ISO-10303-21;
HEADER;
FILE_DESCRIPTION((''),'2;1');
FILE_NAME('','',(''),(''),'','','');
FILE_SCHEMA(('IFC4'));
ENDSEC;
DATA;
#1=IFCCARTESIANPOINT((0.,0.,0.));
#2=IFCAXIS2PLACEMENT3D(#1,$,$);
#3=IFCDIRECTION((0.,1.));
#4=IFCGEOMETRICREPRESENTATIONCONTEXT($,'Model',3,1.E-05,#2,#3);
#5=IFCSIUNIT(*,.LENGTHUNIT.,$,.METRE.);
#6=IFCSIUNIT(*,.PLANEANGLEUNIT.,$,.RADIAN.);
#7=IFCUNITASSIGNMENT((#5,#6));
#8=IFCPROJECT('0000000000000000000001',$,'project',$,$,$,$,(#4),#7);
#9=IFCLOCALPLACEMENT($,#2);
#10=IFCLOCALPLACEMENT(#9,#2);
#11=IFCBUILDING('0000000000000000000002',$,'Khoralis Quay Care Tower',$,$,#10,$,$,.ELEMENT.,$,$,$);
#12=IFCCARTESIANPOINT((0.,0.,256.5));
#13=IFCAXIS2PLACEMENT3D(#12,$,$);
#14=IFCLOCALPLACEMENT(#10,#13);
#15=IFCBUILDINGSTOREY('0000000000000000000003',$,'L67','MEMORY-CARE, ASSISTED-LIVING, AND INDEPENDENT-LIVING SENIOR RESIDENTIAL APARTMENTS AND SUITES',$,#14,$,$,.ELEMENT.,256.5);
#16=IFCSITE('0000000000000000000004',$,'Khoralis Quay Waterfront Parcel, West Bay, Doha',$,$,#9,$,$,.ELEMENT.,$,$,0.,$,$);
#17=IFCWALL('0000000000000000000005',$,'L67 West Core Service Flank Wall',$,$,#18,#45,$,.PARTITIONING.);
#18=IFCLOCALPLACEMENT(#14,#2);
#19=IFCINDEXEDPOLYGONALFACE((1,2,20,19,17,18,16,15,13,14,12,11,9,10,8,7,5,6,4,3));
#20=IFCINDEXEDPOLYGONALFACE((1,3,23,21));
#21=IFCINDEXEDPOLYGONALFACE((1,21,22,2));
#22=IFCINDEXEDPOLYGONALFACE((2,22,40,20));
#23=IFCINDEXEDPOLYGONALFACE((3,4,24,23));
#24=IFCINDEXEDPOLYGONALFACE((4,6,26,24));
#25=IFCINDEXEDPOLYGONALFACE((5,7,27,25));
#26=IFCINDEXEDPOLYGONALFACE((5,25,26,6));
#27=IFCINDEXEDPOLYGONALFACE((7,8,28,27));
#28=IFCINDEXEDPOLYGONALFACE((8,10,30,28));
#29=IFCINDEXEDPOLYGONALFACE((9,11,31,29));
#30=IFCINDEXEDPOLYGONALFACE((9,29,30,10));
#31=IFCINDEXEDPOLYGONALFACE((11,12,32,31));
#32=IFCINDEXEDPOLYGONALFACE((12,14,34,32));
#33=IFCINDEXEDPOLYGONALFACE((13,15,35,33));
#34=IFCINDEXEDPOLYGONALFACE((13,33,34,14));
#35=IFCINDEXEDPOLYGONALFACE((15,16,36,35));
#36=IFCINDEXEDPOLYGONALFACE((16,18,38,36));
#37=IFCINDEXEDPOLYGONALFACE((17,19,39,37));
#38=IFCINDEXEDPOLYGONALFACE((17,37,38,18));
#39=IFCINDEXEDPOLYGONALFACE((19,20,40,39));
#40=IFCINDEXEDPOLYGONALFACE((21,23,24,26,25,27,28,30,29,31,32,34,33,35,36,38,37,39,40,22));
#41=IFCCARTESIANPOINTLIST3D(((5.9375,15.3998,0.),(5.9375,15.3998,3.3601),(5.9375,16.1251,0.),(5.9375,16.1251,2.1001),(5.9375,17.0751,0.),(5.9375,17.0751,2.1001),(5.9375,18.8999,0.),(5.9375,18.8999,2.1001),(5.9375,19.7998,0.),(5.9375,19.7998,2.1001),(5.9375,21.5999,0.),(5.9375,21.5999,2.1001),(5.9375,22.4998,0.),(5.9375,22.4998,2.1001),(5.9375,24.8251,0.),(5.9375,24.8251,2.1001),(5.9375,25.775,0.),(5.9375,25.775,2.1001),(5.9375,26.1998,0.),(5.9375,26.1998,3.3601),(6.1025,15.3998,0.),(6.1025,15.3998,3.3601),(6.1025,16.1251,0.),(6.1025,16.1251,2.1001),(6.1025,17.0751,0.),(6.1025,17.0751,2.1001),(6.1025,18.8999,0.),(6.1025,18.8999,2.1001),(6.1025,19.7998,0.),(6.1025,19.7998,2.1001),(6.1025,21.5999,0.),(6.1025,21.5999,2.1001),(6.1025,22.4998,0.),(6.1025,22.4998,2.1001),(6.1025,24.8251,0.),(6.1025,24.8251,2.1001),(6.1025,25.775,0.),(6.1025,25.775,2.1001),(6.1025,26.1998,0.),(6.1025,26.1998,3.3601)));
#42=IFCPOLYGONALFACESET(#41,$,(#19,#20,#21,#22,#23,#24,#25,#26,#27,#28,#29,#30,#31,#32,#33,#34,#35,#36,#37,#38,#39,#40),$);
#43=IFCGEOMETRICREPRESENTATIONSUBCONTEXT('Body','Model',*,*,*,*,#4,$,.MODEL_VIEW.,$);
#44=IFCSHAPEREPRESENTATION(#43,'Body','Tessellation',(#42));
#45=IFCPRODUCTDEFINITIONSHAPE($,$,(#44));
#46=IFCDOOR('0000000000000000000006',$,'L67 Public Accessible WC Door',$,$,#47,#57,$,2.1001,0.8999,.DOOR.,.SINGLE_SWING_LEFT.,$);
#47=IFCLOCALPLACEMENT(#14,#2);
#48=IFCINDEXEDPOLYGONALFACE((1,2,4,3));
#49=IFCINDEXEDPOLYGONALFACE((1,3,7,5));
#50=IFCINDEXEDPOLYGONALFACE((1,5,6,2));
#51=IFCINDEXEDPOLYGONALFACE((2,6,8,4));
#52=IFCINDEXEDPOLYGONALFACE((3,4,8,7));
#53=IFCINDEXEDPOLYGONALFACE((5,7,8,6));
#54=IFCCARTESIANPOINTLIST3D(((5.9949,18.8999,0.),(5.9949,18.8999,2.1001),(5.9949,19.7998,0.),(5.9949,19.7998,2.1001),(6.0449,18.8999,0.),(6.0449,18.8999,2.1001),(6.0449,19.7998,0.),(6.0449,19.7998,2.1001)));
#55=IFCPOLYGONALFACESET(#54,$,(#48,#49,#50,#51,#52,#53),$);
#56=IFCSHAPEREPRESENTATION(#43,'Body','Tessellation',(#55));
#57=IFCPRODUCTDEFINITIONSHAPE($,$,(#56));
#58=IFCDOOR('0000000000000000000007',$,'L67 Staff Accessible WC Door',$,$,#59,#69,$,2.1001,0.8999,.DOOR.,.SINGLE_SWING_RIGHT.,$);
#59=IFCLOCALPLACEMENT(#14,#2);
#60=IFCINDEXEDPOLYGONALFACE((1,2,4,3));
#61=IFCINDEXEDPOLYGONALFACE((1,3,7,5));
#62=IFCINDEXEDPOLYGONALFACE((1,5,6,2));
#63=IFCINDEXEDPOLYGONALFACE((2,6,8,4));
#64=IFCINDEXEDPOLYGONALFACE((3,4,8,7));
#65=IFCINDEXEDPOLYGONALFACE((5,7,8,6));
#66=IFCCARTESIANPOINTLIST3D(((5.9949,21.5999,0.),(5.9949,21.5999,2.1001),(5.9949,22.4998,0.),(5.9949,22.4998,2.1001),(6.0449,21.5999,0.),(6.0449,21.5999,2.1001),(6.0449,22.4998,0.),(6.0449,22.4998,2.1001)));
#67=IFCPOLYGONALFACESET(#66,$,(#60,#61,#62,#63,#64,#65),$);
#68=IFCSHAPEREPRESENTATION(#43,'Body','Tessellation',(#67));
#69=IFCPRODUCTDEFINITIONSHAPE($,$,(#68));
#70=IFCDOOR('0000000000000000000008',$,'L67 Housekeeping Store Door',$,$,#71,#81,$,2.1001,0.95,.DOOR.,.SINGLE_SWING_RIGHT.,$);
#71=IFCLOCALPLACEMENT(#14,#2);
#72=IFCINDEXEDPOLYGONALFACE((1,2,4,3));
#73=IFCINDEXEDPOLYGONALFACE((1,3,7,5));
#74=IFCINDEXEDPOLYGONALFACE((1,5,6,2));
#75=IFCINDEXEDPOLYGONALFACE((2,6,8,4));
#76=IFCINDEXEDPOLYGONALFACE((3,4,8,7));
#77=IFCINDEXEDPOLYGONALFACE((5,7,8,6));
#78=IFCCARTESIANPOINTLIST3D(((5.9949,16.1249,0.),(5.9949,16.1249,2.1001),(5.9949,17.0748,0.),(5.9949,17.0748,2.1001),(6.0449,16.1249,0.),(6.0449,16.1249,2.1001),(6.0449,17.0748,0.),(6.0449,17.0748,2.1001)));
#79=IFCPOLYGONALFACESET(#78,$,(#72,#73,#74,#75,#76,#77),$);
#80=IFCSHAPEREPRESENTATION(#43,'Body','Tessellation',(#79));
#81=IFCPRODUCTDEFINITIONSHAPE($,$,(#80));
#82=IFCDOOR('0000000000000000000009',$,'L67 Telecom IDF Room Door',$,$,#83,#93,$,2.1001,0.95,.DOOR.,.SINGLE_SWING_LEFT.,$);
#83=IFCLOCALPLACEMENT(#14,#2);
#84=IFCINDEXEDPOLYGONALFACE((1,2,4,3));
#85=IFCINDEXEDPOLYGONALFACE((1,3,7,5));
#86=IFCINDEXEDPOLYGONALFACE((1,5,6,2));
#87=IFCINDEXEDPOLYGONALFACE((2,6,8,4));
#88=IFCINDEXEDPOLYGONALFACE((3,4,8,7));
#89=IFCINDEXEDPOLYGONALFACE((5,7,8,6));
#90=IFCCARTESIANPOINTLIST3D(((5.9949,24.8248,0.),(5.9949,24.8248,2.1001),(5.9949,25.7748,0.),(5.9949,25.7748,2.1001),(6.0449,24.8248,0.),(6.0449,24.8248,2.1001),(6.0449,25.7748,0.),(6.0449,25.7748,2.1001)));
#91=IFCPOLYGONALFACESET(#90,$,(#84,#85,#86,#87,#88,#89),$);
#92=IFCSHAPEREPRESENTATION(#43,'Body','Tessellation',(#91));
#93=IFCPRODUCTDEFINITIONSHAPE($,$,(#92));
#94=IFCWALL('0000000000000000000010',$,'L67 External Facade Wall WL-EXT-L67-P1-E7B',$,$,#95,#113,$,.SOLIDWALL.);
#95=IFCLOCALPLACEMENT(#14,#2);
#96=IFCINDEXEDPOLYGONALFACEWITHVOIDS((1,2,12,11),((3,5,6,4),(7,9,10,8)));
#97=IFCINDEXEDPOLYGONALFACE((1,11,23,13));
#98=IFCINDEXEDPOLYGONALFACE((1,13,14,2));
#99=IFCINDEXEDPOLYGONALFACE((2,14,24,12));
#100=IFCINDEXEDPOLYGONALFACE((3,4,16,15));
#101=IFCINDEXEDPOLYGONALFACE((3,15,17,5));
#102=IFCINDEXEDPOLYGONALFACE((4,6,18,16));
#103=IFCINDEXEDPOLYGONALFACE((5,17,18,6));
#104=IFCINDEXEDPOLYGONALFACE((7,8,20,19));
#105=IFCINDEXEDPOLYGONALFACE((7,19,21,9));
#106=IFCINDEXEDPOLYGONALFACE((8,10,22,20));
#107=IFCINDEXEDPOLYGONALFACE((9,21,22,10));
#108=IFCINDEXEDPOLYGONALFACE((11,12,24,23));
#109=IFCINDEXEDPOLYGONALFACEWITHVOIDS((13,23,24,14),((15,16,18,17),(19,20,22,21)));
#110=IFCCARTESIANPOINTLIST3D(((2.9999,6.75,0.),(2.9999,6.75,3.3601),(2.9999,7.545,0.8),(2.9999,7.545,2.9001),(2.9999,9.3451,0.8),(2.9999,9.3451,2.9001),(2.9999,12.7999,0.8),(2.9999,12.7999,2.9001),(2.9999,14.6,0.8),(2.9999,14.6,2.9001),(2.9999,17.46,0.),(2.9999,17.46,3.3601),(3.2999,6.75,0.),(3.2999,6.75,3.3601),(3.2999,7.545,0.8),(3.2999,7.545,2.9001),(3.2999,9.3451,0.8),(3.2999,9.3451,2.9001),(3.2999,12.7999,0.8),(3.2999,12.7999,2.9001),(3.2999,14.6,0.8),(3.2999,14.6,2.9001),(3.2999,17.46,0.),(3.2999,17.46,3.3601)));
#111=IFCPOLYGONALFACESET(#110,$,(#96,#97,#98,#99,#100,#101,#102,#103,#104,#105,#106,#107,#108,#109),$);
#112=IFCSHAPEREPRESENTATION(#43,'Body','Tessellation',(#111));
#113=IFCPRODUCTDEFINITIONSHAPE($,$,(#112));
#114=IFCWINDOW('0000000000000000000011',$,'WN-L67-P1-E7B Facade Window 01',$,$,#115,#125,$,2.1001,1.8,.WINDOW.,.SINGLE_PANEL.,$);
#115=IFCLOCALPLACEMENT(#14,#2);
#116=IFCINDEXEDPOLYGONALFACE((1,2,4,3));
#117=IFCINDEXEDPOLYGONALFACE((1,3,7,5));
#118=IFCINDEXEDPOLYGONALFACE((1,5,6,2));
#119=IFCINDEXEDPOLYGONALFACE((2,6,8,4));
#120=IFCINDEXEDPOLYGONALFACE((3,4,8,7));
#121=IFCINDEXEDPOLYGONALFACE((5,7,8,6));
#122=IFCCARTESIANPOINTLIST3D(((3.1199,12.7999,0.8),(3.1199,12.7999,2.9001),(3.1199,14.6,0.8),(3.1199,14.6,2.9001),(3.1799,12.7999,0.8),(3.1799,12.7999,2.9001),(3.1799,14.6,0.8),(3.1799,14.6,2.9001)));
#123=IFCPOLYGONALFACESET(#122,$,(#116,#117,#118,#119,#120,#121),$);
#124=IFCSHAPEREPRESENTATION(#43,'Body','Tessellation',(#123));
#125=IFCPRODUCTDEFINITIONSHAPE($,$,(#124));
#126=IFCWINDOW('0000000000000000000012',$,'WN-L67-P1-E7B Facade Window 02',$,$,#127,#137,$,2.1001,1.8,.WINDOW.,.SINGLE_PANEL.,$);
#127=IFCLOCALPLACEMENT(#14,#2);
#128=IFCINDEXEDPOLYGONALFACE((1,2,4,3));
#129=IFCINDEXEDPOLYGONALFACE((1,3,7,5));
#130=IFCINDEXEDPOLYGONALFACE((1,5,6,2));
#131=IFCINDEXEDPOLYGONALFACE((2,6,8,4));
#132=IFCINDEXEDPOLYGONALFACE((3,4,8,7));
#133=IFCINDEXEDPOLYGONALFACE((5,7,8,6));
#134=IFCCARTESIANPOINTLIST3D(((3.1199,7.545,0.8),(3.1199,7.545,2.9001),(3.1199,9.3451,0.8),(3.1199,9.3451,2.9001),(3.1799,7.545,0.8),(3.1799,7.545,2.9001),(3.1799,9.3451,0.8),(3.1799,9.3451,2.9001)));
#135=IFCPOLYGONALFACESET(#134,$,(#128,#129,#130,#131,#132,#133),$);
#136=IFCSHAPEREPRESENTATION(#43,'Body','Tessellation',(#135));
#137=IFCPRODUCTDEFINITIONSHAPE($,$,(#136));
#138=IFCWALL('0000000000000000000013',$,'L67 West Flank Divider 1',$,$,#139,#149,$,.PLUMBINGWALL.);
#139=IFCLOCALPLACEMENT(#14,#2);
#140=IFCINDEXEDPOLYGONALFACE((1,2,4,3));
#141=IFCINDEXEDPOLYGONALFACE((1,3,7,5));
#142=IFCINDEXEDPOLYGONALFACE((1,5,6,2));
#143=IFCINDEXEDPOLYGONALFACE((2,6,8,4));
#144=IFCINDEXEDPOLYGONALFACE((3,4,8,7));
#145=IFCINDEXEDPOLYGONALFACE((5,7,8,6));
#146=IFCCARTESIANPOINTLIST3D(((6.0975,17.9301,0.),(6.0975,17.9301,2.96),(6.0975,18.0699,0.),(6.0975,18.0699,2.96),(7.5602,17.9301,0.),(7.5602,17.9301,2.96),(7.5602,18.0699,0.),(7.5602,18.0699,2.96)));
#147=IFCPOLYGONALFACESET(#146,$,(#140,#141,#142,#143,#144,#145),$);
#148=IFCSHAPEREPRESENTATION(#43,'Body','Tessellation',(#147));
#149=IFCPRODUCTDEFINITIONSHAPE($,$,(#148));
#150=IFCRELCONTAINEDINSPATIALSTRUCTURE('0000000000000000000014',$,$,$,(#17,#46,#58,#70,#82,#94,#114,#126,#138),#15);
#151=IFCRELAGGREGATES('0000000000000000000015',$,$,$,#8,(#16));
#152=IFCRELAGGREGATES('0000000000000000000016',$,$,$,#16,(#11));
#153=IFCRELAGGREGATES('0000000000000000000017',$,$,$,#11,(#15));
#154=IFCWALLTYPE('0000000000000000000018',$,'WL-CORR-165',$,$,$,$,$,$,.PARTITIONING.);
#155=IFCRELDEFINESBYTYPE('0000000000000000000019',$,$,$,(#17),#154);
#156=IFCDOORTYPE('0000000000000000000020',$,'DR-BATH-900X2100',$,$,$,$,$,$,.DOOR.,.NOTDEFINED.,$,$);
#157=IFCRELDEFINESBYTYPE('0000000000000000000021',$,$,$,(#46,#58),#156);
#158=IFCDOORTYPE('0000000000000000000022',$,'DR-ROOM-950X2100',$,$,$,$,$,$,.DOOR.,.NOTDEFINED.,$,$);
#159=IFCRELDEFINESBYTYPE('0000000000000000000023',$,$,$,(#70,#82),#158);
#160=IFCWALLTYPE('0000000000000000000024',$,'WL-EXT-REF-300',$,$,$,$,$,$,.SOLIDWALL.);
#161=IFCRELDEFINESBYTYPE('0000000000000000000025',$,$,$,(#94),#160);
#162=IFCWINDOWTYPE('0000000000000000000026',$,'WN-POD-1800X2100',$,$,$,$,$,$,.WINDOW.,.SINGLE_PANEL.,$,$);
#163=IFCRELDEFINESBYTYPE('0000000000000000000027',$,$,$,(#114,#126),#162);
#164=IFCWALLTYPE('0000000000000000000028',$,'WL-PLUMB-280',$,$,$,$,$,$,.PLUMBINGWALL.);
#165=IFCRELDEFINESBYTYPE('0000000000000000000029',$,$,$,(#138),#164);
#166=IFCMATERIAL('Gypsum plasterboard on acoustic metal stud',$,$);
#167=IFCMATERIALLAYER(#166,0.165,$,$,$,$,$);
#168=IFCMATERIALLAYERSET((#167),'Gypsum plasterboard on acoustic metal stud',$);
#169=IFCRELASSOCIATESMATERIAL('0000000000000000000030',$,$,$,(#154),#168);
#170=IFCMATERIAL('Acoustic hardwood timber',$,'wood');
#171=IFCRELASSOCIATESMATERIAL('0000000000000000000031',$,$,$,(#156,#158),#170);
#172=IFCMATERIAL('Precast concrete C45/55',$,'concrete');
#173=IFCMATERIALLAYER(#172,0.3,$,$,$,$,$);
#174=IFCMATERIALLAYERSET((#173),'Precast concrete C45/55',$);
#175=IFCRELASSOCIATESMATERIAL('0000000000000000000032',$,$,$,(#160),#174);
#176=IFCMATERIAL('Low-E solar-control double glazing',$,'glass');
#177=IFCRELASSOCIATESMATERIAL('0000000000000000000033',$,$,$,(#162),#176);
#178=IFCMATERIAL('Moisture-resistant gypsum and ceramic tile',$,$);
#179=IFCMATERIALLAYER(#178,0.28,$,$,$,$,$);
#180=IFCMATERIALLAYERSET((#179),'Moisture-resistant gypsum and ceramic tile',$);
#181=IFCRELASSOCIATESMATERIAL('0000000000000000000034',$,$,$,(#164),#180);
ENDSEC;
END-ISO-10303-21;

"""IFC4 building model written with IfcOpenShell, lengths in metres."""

from ifc_helpers import new_model, si_unit, direction, frame, frame_2d, origin, place, context, subcontext, project, spatial, rectangle, extrude, source, transform, mapped, material, layer, layer_set, type_object, element, fill, save


model = new_model("IFC4")

# Units and contexts
model_context = context("Model", 3, precision=1e-05, world=origin(), true_north=direction((0.0, 1.0)))
body_context = subcontext(model_context, "Body", "Model", "MODEL_VIEW")
ifc_project = project(units=[si_unit("LENGTHUNIT", "METRE"), si_unit("PLANEANGLEUNIT", "RADIAN")], contexts=[model_context])

# Site, building, storey
site_placement = place(None, origin())
site = spatial("IfcSite", under=ifc_project, at=site_placement, Name="Khoralis Quay Waterfront Parcel, West Bay, Doha", CompositionType="ELEMENT", RefElevation=0.0)
building_placement = place(site_placement, origin())
building = spatial("IfcBuilding", under=site, at=building_placement, Name="Khoralis Quay Care Tower", CompositionType="ELEMENT")
storey_placement = place(building_placement, frame((0.0, 0.0, 256.5)))
storey = spatial("IfcBuildingStorey", under=building, at=storey_placement, Name="L67", Description="MEMORY-CARE, ASSISTED-LIVING, AND INDEPENDENT-LIVING SENIOR RESIDENTIAL APARTMENTS AND SUITES", CompositionType="ELEMENT", Elevation=256.5)

# Shared definitions
ifc_material_1 = material(Name="Low-E solar-control double glazing", Category="glass")

# Wall, openings, doors
ifc_material_2 = material(Name="Gypsum plasterboard on acoustic metal stud")
ifc_layer_1 = layer(ifc_material_2, 0.165)
ifc_layer_set_1 = layer_set([ifc_layer_1], Name="Gypsum plasterboard on acoustic metal stud")
wall_type_1 = type_object("IfcWallType", Name="WL-CORR-165", PredefinedType="PARTITIONING", material=ifc_layer_set_1)
wall_1_placement = place(storey_placement, frame((6.02, 15.3999, 0.0), z_axis=(0.0, 0.0, 1.0), x_axis=(0.0, 1.0, 0.0)))
wall_1 = element("IfcWall", 1, at=wall_1_placement, inside=storey, type_object=wall_type_1, Name="L67 West Core Service Flank Wall", PredefinedType="PARTITIONING", context=body_context, shape_type="SweptSolid", body=[
    extrude(rectangle(XDim=10.8, YDim=0.165, at=frame_2d((5.3999, 0.0))), origin(), (0.0, 0.0, 1.0), 3.3601),
])
opening_1_placement = place(wall_1_placement, frame((0.7251, 0.0, 0.0)))
opening_1 = element("IfcOpeningElement", 2, at=opening_1_placement, cuts=wall_1, PredefinedType="OPENING", context=body_context, shape_type="SweptSolid", body=[
    extrude(rectangle(XDim=0.95, YDim=2.1001, at=frame_2d((0.4751, 1.05))), frame((0.0, 0.0925, 0.0), z_axis=(0.0, -1.0, 0.0), x_axis=(1.0, 0.0, 0.0)), (0.0, 0.0, 1.0), 0.1851),
])
opening_2_placement = place(wall_1_placement, frame((3.5, 0.0, 0.0)))
opening_2 = element("IfcOpeningElement", 3, at=opening_2_placement, cuts=wall_1, PredefinedType="OPENING", context=body_context, shape_type="SweptSolid", body=[
    extrude(rectangle(XDim=0.8999, YDim=2.1001, at=frame_2d((0.45, 1.05))), frame((0.0, 0.0925, 0.0), z_axis=(0.0, -1.0, 0.0), x_axis=(1.0, 0.0, 0.0)), (0.0, 0.0, 1.0), 0.1851),
])
opening_3_placement = place(wall_1_placement, frame((6.2, 0.0, 0.0)))
opening_3 = element("IfcOpeningElement", 4, at=opening_3_placement, cuts=wall_1, PredefinedType="OPENING", context=body_context, shape_type="SweptSolid", body=[
    extrude(rectangle(XDim=0.8999, YDim=2.1001, at=frame_2d((0.45, 1.05))), frame((0.0, 0.0925, 0.0), z_axis=(0.0, -1.0, 0.0), x_axis=(1.0, 0.0, 0.0)), (0.0, 0.0, 1.0), 0.1851),
])
opening_4_placement = place(wall_1_placement, frame((9.425, 0.0, 0.0)))
opening_4 = element("IfcOpeningElement", 5, at=opening_4_placement, cuts=wall_1, PredefinedType="OPENING", context=body_context, shape_type="SweptSolid", body=[
    extrude(rectangle(XDim=0.95, YDim=2.1001, at=frame_2d((0.4751, 1.05))), frame((0.0, 0.0925, 0.0), z_axis=(0.0, -1.0, 0.0), x_axis=(1.0, 0.0, 0.0)), (0.0, 0.0, 1.0), 0.1851),
])
ifc_material_3 = material(Name="Acoustic hardwood timber", Category="wood")
door_type_1 = type_object("IfcDoorType", Name="DR-BATH-900X2100", OperationType="NOTDEFINED", PredefinedType="DOOR", material=ifc_material_3)
shared_shape_1 = source(origin(), body_context, "Body", "SweptSolid", [
    extrude(rectangle(XDim=0.8999, YDim=2.1001, at=frame_2d((0.45, 1.05))), frame((0.0, 0.0249, 0.0), z_axis=(0.0, -1.0, 0.0), x_axis=(1.0, 0.0, 0.0)), (0.0, 0.0, 1.0), 0.05),
])
door_1_placement = place(opening_2_placement, frame((0.8999, 0.0, 0.0), z_axis=(0.0, 0.0, 1.0), x_axis=(-1.0, 0.0, 0.0)))
door_1 = element("IfcDoor", 6, at=door_1_placement, inside=storey, type_object=door_type_1, Name="L67 Public Accessible WC Door", OperationType="SINGLE_SWING_LEFT", OverallHeight=2.1001, OverallWidth=0.8999, PredefinedType="DOOR", context=body_context, shape_type="MappedRepresentation", body=[
    mapped(shared_shape_1, transform((0.0, 0.0, 0.0), scale=1.0)),
])
fill(opening_2, door_1)
door_2_placement = place(opening_3_placement, frame((0.8999, 0.0, 0.0), z_axis=(0.0, 0.0, 1.0), x_axis=(-1.0, 0.0, 0.0)))
door_2 = element("IfcDoor", 7, at=door_2_placement, inside=storey, type_object=door_type_1, Name="L67 Staff Accessible WC Door", OperationType="SINGLE_SWING_RIGHT", OverallHeight=2.1001, OverallWidth=0.8999, PredefinedType="DOOR", context=body_context, shape_type="MappedRepresentation", body=[
    mapped(shared_shape_1, transform((0.0, 0.0, 0.0), scale=1.0)),
])
fill(opening_3, door_2)
door_type_2 = type_object("IfcDoorType", Name="DR-ROOM-950X2100", OperationType="NOTDEFINED", PredefinedType="DOOR", material=ifc_material_3)
shared_shape_2 = source(origin(), body_context, "Body", "SweptSolid", [
    extrude(rectangle(XDim=0.95, YDim=2.1001, at=frame_2d((0.4751, 1.05))), frame((0.0, 0.0249, 0.0), z_axis=(0.0, -1.0, 0.0), x_axis=(1.0, 0.0, 0.0)), (0.0, 0.0, 1.0), 0.05),
])
door_3_placement = place(opening_1_placement, frame((0.95, 0.0, 0.0), z_axis=(0.0, 0.0, 1.0), x_axis=(-1.0, 0.0, 0.0)))
door_3 = element("IfcDoor", 8, at=door_3_placement, inside=storey, type_object=door_type_2, Name="L67 Housekeeping Store Door", OperationType="SINGLE_SWING_RIGHT", OverallHeight=2.1001, OverallWidth=0.95, PredefinedType="DOOR", context=body_context, shape_type="MappedRepresentation", body=[
    mapped(shared_shape_2, transform((0.0, 0.0, 0.0), scale=1.0)),
])
fill(opening_1, door_3)
door_4_placement = place(opening_4_placement, frame((0.95, 0.0, 0.0), z_axis=(0.0, 0.0, 1.0), x_axis=(-1.0, 0.0, 0.0)))
door_4 = element("IfcDoor", 9, at=door_4_placement, inside=storey, type_object=door_type_2, Name="L67 Telecom IDF Room Door", OperationType="SINGLE_SWING_LEFT", OverallHeight=2.1001, OverallWidth=0.95, PredefinedType="DOOR", context=body_context, shape_type="MappedRepresentation", body=[
    mapped(shared_shape_2, transform((0.0, 0.0, 0.0), scale=1.0)),
])
fill(opening_4, door_4)

# Wall, openings, windows
ifc_material_4 = material(Name="Precast concrete C45/55", Category="concrete")
ifc_layer_2 = layer(ifc_material_4, 0.3)
ifc_layer_set_2 = layer_set([ifc_layer_2], Name="Precast concrete C45/55")
wall_type_2 = type_object("IfcWallType", Name="WL-EXT-REF-300", PredefinedType="SOLIDWALL", material=ifc_layer_set_2)
wall_2_placement = place(storey_placement, frame((3.1499, 17.46, 0.0), z_axis=(0.0, 0.0, 1.0), x_axis=(0.0, -1.0, 0.0)))
wall_2 = element("IfcWall", 10, at=wall_2_placement, inside=storey, type_object=wall_type_2, Name="L67 External Facade Wall WL-EXT-L67-P1-E7B", PredefinedType="SOLIDWALL", context=body_context, shape_type="SweptSolid", body=[
    extrude(rectangle(XDim=10.71, YDim=0.3, at=frame_2d((5.355, 0.0))), origin(), (0.0, 0.0, 1.0), 3.3601),
])
opening_5_placement = place(wall_2_placement, frame((2.8601, 0.0, 0.8)))
opening_5 = element("IfcOpeningElement", 11, at=opening_5_placement, cuts=wall_2, PredefinedType="OPENING", context=body_context, shape_type="SweptSolid", body=[
    extrude(rectangle(XDim=1.8, YDim=2.1001, at=frame_2d((0.8999, 1.05))), frame((0.0, 0.1602, 0.0), z_axis=(0.0, -1.0, 0.0), x_axis=(1.0, 0.0, 0.0)), (0.0, 0.0, 1.0), 0.3201),
])
opening_6_placement = place(wall_2_placement, frame((8.115, 0.0, 0.8)))
opening_6 = element("IfcOpeningElement", 12, at=opening_6_placement, cuts=wall_2, PredefinedType="OPENING", context=body_context, shape_type="SweptSolid", body=[
    extrude(rectangle(XDim=1.8, YDim=2.1001, at=frame_2d((0.8999, 1.05))), frame((0.0, 0.1602, 0.0), z_axis=(0.0, -1.0, 0.0), x_axis=(1.0, 0.0, 0.0)), (0.0, 0.0, 1.0), 0.3201),
])
window_type = type_object("IfcWindowType", Name="WN-POD-1800X2100", PartitioningType="SINGLE_PANEL", PredefinedType="WINDOW", material=ifc_material_1)
shared_shape_3 = source(origin(), body_context, "Body", "SweptSolid", [
    extrude(rectangle(XDim=1.8, YDim=2.1001, at=frame_2d((0.8999, 1.05))), frame((0.0, 0.03, 0.0), z_axis=(0.0, -1.0, 0.0), x_axis=(1.0, 0.0, 0.0)), (0.0, 0.0, 1.0), 0.0601),
])
window_1_placement = place(opening_5_placement, origin())
window_1 = element("IfcWindow", 13, at=window_1_placement, inside=storey, type_object=window_type, Name="WN-L67-P1-E7B Facade Window 01", OverallHeight=2.1001, OverallWidth=1.8, PartitioningType="SINGLE_PANEL", PredefinedType="WINDOW", context=body_context, shape_type="MappedRepresentation", body=[
    mapped(shared_shape_3, transform((0.0, 0.0, 0.0), scale=1.0)),
])
fill(opening_5, window_1)
window_2_placement = place(opening_6_placement, origin())
window_2 = element("IfcWindow", 14, at=window_2_placement, inside=storey, type_object=window_type, Name="WN-L67-P1-E7B Facade Window 02", OverallHeight=2.1001, OverallWidth=1.8, PartitioningType="SINGLE_PANEL", PredefinedType="WINDOW", context=body_context, shape_type="MappedRepresentation", body=[
    mapped(shared_shape_3, transform((0.0, 0.0, 0.0), scale=1.0)),
])
fill(opening_6, window_2)

# Wall
ifc_material_5 = material(Name="Moisture-resistant gypsum and ceramic tile")
ifc_layer_3 = layer(ifc_material_5, 0.28)
ifc_layer_set_3 = layer_set([ifc_layer_3], Name="Moisture-resistant gypsum and ceramic tile")
wall_type_3 = type_object("IfcWallType", Name="WL-PLUMB-280", PredefinedType="PLUMBINGWALL", material=ifc_layer_set_3)
wall_3_placement = place(storey_placement, frame((6.0974, 18.0, 0.0), z_axis=(0.0, 0.0, 1.0), x_axis=(1.0, 0.0, 0.0)))
element("IfcWall", 15, at=wall_3_placement, inside=storey, type_object=wall_type_3, Name="L67 West Flank Divider 1", PredefinedType="PLUMBINGWALL", context=body_context, shape_type="SweptSolid", body=[
    extrude(rectangle(XDim=1.4626, YDim=0.1399, at=frame_2d((0.7314, 0.0))), origin(), (0.0, 0.0, 1.0), 2.96),
])

save(model, "model.ifc")
